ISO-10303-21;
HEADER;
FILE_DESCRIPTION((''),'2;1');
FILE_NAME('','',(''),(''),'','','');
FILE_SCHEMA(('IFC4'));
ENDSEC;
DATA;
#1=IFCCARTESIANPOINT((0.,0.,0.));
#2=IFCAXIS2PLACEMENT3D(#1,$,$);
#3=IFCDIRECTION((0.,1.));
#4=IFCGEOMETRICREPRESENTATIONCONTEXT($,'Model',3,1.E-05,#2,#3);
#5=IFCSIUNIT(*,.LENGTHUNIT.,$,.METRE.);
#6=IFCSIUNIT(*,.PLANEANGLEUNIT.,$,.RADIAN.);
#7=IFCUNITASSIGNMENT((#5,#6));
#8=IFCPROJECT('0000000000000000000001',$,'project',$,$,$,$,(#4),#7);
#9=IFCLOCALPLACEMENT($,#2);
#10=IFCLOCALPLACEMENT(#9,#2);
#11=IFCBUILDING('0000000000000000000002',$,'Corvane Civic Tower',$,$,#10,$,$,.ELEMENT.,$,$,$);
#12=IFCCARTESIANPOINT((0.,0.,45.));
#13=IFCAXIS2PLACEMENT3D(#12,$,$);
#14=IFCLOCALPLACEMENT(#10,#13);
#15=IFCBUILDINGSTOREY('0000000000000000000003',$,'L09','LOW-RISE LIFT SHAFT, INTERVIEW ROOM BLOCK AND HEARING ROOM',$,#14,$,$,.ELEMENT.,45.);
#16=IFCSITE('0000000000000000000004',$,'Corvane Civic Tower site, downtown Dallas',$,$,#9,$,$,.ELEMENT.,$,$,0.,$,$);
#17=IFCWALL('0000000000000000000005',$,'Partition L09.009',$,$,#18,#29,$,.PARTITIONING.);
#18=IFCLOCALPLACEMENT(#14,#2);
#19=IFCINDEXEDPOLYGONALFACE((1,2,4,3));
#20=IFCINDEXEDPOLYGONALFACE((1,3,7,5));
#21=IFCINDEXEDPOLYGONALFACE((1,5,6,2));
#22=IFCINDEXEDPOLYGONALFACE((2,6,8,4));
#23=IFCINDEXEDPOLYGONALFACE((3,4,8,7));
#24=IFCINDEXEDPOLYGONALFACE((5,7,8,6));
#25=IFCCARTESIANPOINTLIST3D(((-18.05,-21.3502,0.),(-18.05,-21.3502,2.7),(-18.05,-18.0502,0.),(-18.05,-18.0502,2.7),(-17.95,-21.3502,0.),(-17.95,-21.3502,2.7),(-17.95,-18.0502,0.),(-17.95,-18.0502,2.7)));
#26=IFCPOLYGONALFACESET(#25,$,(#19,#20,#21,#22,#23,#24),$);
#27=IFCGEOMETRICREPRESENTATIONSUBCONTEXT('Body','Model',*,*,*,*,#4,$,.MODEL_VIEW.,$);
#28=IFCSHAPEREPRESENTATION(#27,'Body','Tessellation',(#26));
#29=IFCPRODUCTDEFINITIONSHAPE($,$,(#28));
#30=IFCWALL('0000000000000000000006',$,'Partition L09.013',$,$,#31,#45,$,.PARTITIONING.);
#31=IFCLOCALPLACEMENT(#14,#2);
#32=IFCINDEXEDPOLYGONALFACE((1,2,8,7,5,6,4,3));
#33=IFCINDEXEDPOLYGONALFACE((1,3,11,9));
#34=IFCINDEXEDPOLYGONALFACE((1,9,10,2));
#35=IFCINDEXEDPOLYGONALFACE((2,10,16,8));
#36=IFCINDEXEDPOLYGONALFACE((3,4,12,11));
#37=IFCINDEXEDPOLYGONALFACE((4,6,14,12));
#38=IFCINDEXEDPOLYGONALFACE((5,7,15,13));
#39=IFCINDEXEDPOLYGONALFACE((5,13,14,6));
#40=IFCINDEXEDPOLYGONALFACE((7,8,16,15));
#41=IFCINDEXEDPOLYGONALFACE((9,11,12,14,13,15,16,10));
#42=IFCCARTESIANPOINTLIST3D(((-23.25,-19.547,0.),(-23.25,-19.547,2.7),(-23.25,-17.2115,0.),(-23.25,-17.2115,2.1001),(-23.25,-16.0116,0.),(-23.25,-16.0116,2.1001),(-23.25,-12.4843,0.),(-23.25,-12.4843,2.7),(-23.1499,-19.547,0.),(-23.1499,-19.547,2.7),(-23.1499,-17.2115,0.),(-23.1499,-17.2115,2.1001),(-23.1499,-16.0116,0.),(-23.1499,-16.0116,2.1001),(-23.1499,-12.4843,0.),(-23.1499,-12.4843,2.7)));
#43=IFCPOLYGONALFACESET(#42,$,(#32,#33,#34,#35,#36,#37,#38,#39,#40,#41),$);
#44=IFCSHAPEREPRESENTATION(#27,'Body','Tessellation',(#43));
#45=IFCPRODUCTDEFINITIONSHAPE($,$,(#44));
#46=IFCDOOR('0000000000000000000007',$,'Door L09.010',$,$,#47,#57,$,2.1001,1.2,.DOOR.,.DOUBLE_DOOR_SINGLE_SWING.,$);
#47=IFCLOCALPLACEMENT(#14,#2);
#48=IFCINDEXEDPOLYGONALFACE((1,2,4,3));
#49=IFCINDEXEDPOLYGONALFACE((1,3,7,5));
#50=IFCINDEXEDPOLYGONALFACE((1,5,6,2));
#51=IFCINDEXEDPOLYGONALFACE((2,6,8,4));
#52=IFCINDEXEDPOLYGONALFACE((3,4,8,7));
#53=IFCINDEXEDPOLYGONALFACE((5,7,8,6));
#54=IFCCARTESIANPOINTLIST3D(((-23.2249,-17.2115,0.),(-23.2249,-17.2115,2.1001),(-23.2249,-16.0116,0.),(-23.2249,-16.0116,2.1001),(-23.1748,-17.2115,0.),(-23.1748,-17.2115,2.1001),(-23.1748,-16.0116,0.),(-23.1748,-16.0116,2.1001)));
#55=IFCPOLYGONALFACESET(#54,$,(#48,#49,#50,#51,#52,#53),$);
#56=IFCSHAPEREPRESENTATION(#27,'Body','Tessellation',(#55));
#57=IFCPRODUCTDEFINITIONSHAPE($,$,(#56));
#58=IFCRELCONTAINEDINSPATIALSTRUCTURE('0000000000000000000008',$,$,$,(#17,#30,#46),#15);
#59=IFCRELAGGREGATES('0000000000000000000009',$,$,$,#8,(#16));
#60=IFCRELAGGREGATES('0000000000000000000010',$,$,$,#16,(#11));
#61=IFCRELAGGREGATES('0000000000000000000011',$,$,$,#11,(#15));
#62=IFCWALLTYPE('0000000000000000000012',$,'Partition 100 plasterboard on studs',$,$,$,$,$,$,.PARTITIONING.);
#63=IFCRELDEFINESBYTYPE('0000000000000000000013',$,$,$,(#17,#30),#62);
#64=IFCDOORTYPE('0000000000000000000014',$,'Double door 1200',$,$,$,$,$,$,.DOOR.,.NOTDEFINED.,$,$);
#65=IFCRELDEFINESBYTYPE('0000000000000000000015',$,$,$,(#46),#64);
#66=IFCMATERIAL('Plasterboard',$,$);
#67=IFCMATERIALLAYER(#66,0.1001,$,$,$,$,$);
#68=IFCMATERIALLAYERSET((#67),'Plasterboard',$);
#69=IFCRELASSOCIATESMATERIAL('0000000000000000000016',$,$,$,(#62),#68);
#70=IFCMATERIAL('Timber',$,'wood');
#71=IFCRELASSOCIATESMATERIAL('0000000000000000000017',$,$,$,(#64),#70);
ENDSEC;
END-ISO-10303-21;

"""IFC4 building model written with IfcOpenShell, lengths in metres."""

from ifc_helpers import new_model, si_unit, direction, frame, frame_2d, origin, place, context, subcontext, project, spatial, rectangle, extrude, material, layer, layer_set, type_object, element, fill, save


model = new_model("IFC4")

# Units and contexts
model_context = context("Model", 3, precision=1e-05, world=origin(), true_north=direction((0.0, 1.0)))
body_context = subcontext(model_context, "Body", "Model", "MODEL_VIEW")
ifc_project = project(units=[si_unit("LENGTHUNIT", "METRE"), si_unit("PLANEANGLEUNIT", "RADIAN")], contexts=[model_context])

# Site, building, storey
site_placement = place(None, origin())
site = spatial("IfcSite", under=ifc_project, at=site_placement, Name="Corvane Civic Tower site, downtown Dallas", CompositionType="ELEMENT", RefElevation=0.0)
building_placement = place(site_placement, origin())
building = spatial("IfcBuilding", under=site, at=building_placement, Name="Corvane Civic Tower", CompositionType="ELEMENT")
storey_placement = place(building_placement, frame((0.0, 0.0, 45.0)))
storey = spatial("IfcBuildingStorey", under=building, at=storey_placement, Name="L09", Description="LOW-RISE LIFT SHAFT, INTERVIEW ROOM BLOCK AND HEARING ROOM", CompositionType="ELEMENT", Elevation=45.0)

# Shared definitions
ifc_material_1 = material(Name="Plasterboard")
ifc_layer_1 = layer(ifc_material_1, 0.1001)
ifc_layer_set_1 = layer_set([ifc_layer_1], Name="Plasterboard")
wall_type = type_object("IfcWallType", Name="Partition 100 plasterboard on studs", PredefinedType="PARTITIONING", material=ifc_layer_set_1)
ifc_material_2 = material(Name="Timber", Category="wood")
door_type = type_object("IfcDoorType", Name="Double door 1200", OperationType="NOTDEFINED", PredefinedType="DOOR", material=ifc_material_2)

# Wall
wall_1_placement = place(storey_placement, frame((-18.0, -21.3501, 0.0), z_axis=(0.0, 0.0, 1.0), x_axis=(0.0, 1.0, 0.0)))
element("IfcWall", 1, at=wall_1_placement, inside=storey, type_object=wall_type, Name="Partition L09.009", PredefinedType="PARTITIONING", context=body_context, shape_type="SweptSolid", body=[
    extrude(rectangle(XDim=3.3, YDim=0.1001, at=frame_2d((1.6499, 0.0))), origin(), (0.0, 0.0, 1.0), 2.7),
])

# Wall, opening, door
wall_2_placement = place(storey_placement, frame((-23.2, -19.5469, 0.0), z_axis=(0.0, 0.0, 1.0), x_axis=(0.0, 1.0, 0.0)))
wall_2 = element("IfcWall", 2, at=wall_2_placement, inside=storey, type_object=wall_type, Name="Partition L09.013", PredefinedType="PARTITIONING", context=body_context, shape_type="SweptSolid", body=[
    extrude(rectangle(XDim=7.0627, YDim=0.1001, at=frame_2d((3.5312, 0.0))), origin(), (0.0, 0.0, 1.0), 2.7),
])
opening_1_placement = place(wall_2_placement, frame((2.3352, 0.0, 0.0)))
opening_1 = element("IfcOpeningElement", 3, at=opening_1_placement, cuts=wall_2, PredefinedType="OPENING", context=body_context, shape_type="SweptSolid", body=[
    extrude(rectangle(XDim=1.2, YDim=2.1001, at=frame_2d((0.6001, 1.05))), frame((0.0, 0.0601, 0.0), z_axis=(0.0, -1.0, 0.0), x_axis=(1.0, 0.0, 0.0)), (0.0, 0.0, 1.0), 0.1201),
])
door_1_placement = place(opening_1_placement, origin())
door_1 = element("IfcDoor", 4, at=door_1_placement, inside=storey, type_object=door_type, Name="Door L09.010", OperationType="DOUBLE_DOOR_SINGLE_SWING", OverallHeight=2.1001, OverallWidth=1.2, PredefinedType="DOOR", context=body_context, shape_type="SweptSolid", body=[
    extrude(rectangle(XDim=1.2, YDim=2.1001, at=frame_2d((0.6001, 1.05))), frame((0.0, 0.0249, 0.0), z_axis=(0.0, -1.0, 0.0), x_axis=(1.0, 0.0, 0.0)), (0.0, 0.0, 1.0), 0.05),
])
fill(opening_1, door_1)

save(model, "model.ifc")
